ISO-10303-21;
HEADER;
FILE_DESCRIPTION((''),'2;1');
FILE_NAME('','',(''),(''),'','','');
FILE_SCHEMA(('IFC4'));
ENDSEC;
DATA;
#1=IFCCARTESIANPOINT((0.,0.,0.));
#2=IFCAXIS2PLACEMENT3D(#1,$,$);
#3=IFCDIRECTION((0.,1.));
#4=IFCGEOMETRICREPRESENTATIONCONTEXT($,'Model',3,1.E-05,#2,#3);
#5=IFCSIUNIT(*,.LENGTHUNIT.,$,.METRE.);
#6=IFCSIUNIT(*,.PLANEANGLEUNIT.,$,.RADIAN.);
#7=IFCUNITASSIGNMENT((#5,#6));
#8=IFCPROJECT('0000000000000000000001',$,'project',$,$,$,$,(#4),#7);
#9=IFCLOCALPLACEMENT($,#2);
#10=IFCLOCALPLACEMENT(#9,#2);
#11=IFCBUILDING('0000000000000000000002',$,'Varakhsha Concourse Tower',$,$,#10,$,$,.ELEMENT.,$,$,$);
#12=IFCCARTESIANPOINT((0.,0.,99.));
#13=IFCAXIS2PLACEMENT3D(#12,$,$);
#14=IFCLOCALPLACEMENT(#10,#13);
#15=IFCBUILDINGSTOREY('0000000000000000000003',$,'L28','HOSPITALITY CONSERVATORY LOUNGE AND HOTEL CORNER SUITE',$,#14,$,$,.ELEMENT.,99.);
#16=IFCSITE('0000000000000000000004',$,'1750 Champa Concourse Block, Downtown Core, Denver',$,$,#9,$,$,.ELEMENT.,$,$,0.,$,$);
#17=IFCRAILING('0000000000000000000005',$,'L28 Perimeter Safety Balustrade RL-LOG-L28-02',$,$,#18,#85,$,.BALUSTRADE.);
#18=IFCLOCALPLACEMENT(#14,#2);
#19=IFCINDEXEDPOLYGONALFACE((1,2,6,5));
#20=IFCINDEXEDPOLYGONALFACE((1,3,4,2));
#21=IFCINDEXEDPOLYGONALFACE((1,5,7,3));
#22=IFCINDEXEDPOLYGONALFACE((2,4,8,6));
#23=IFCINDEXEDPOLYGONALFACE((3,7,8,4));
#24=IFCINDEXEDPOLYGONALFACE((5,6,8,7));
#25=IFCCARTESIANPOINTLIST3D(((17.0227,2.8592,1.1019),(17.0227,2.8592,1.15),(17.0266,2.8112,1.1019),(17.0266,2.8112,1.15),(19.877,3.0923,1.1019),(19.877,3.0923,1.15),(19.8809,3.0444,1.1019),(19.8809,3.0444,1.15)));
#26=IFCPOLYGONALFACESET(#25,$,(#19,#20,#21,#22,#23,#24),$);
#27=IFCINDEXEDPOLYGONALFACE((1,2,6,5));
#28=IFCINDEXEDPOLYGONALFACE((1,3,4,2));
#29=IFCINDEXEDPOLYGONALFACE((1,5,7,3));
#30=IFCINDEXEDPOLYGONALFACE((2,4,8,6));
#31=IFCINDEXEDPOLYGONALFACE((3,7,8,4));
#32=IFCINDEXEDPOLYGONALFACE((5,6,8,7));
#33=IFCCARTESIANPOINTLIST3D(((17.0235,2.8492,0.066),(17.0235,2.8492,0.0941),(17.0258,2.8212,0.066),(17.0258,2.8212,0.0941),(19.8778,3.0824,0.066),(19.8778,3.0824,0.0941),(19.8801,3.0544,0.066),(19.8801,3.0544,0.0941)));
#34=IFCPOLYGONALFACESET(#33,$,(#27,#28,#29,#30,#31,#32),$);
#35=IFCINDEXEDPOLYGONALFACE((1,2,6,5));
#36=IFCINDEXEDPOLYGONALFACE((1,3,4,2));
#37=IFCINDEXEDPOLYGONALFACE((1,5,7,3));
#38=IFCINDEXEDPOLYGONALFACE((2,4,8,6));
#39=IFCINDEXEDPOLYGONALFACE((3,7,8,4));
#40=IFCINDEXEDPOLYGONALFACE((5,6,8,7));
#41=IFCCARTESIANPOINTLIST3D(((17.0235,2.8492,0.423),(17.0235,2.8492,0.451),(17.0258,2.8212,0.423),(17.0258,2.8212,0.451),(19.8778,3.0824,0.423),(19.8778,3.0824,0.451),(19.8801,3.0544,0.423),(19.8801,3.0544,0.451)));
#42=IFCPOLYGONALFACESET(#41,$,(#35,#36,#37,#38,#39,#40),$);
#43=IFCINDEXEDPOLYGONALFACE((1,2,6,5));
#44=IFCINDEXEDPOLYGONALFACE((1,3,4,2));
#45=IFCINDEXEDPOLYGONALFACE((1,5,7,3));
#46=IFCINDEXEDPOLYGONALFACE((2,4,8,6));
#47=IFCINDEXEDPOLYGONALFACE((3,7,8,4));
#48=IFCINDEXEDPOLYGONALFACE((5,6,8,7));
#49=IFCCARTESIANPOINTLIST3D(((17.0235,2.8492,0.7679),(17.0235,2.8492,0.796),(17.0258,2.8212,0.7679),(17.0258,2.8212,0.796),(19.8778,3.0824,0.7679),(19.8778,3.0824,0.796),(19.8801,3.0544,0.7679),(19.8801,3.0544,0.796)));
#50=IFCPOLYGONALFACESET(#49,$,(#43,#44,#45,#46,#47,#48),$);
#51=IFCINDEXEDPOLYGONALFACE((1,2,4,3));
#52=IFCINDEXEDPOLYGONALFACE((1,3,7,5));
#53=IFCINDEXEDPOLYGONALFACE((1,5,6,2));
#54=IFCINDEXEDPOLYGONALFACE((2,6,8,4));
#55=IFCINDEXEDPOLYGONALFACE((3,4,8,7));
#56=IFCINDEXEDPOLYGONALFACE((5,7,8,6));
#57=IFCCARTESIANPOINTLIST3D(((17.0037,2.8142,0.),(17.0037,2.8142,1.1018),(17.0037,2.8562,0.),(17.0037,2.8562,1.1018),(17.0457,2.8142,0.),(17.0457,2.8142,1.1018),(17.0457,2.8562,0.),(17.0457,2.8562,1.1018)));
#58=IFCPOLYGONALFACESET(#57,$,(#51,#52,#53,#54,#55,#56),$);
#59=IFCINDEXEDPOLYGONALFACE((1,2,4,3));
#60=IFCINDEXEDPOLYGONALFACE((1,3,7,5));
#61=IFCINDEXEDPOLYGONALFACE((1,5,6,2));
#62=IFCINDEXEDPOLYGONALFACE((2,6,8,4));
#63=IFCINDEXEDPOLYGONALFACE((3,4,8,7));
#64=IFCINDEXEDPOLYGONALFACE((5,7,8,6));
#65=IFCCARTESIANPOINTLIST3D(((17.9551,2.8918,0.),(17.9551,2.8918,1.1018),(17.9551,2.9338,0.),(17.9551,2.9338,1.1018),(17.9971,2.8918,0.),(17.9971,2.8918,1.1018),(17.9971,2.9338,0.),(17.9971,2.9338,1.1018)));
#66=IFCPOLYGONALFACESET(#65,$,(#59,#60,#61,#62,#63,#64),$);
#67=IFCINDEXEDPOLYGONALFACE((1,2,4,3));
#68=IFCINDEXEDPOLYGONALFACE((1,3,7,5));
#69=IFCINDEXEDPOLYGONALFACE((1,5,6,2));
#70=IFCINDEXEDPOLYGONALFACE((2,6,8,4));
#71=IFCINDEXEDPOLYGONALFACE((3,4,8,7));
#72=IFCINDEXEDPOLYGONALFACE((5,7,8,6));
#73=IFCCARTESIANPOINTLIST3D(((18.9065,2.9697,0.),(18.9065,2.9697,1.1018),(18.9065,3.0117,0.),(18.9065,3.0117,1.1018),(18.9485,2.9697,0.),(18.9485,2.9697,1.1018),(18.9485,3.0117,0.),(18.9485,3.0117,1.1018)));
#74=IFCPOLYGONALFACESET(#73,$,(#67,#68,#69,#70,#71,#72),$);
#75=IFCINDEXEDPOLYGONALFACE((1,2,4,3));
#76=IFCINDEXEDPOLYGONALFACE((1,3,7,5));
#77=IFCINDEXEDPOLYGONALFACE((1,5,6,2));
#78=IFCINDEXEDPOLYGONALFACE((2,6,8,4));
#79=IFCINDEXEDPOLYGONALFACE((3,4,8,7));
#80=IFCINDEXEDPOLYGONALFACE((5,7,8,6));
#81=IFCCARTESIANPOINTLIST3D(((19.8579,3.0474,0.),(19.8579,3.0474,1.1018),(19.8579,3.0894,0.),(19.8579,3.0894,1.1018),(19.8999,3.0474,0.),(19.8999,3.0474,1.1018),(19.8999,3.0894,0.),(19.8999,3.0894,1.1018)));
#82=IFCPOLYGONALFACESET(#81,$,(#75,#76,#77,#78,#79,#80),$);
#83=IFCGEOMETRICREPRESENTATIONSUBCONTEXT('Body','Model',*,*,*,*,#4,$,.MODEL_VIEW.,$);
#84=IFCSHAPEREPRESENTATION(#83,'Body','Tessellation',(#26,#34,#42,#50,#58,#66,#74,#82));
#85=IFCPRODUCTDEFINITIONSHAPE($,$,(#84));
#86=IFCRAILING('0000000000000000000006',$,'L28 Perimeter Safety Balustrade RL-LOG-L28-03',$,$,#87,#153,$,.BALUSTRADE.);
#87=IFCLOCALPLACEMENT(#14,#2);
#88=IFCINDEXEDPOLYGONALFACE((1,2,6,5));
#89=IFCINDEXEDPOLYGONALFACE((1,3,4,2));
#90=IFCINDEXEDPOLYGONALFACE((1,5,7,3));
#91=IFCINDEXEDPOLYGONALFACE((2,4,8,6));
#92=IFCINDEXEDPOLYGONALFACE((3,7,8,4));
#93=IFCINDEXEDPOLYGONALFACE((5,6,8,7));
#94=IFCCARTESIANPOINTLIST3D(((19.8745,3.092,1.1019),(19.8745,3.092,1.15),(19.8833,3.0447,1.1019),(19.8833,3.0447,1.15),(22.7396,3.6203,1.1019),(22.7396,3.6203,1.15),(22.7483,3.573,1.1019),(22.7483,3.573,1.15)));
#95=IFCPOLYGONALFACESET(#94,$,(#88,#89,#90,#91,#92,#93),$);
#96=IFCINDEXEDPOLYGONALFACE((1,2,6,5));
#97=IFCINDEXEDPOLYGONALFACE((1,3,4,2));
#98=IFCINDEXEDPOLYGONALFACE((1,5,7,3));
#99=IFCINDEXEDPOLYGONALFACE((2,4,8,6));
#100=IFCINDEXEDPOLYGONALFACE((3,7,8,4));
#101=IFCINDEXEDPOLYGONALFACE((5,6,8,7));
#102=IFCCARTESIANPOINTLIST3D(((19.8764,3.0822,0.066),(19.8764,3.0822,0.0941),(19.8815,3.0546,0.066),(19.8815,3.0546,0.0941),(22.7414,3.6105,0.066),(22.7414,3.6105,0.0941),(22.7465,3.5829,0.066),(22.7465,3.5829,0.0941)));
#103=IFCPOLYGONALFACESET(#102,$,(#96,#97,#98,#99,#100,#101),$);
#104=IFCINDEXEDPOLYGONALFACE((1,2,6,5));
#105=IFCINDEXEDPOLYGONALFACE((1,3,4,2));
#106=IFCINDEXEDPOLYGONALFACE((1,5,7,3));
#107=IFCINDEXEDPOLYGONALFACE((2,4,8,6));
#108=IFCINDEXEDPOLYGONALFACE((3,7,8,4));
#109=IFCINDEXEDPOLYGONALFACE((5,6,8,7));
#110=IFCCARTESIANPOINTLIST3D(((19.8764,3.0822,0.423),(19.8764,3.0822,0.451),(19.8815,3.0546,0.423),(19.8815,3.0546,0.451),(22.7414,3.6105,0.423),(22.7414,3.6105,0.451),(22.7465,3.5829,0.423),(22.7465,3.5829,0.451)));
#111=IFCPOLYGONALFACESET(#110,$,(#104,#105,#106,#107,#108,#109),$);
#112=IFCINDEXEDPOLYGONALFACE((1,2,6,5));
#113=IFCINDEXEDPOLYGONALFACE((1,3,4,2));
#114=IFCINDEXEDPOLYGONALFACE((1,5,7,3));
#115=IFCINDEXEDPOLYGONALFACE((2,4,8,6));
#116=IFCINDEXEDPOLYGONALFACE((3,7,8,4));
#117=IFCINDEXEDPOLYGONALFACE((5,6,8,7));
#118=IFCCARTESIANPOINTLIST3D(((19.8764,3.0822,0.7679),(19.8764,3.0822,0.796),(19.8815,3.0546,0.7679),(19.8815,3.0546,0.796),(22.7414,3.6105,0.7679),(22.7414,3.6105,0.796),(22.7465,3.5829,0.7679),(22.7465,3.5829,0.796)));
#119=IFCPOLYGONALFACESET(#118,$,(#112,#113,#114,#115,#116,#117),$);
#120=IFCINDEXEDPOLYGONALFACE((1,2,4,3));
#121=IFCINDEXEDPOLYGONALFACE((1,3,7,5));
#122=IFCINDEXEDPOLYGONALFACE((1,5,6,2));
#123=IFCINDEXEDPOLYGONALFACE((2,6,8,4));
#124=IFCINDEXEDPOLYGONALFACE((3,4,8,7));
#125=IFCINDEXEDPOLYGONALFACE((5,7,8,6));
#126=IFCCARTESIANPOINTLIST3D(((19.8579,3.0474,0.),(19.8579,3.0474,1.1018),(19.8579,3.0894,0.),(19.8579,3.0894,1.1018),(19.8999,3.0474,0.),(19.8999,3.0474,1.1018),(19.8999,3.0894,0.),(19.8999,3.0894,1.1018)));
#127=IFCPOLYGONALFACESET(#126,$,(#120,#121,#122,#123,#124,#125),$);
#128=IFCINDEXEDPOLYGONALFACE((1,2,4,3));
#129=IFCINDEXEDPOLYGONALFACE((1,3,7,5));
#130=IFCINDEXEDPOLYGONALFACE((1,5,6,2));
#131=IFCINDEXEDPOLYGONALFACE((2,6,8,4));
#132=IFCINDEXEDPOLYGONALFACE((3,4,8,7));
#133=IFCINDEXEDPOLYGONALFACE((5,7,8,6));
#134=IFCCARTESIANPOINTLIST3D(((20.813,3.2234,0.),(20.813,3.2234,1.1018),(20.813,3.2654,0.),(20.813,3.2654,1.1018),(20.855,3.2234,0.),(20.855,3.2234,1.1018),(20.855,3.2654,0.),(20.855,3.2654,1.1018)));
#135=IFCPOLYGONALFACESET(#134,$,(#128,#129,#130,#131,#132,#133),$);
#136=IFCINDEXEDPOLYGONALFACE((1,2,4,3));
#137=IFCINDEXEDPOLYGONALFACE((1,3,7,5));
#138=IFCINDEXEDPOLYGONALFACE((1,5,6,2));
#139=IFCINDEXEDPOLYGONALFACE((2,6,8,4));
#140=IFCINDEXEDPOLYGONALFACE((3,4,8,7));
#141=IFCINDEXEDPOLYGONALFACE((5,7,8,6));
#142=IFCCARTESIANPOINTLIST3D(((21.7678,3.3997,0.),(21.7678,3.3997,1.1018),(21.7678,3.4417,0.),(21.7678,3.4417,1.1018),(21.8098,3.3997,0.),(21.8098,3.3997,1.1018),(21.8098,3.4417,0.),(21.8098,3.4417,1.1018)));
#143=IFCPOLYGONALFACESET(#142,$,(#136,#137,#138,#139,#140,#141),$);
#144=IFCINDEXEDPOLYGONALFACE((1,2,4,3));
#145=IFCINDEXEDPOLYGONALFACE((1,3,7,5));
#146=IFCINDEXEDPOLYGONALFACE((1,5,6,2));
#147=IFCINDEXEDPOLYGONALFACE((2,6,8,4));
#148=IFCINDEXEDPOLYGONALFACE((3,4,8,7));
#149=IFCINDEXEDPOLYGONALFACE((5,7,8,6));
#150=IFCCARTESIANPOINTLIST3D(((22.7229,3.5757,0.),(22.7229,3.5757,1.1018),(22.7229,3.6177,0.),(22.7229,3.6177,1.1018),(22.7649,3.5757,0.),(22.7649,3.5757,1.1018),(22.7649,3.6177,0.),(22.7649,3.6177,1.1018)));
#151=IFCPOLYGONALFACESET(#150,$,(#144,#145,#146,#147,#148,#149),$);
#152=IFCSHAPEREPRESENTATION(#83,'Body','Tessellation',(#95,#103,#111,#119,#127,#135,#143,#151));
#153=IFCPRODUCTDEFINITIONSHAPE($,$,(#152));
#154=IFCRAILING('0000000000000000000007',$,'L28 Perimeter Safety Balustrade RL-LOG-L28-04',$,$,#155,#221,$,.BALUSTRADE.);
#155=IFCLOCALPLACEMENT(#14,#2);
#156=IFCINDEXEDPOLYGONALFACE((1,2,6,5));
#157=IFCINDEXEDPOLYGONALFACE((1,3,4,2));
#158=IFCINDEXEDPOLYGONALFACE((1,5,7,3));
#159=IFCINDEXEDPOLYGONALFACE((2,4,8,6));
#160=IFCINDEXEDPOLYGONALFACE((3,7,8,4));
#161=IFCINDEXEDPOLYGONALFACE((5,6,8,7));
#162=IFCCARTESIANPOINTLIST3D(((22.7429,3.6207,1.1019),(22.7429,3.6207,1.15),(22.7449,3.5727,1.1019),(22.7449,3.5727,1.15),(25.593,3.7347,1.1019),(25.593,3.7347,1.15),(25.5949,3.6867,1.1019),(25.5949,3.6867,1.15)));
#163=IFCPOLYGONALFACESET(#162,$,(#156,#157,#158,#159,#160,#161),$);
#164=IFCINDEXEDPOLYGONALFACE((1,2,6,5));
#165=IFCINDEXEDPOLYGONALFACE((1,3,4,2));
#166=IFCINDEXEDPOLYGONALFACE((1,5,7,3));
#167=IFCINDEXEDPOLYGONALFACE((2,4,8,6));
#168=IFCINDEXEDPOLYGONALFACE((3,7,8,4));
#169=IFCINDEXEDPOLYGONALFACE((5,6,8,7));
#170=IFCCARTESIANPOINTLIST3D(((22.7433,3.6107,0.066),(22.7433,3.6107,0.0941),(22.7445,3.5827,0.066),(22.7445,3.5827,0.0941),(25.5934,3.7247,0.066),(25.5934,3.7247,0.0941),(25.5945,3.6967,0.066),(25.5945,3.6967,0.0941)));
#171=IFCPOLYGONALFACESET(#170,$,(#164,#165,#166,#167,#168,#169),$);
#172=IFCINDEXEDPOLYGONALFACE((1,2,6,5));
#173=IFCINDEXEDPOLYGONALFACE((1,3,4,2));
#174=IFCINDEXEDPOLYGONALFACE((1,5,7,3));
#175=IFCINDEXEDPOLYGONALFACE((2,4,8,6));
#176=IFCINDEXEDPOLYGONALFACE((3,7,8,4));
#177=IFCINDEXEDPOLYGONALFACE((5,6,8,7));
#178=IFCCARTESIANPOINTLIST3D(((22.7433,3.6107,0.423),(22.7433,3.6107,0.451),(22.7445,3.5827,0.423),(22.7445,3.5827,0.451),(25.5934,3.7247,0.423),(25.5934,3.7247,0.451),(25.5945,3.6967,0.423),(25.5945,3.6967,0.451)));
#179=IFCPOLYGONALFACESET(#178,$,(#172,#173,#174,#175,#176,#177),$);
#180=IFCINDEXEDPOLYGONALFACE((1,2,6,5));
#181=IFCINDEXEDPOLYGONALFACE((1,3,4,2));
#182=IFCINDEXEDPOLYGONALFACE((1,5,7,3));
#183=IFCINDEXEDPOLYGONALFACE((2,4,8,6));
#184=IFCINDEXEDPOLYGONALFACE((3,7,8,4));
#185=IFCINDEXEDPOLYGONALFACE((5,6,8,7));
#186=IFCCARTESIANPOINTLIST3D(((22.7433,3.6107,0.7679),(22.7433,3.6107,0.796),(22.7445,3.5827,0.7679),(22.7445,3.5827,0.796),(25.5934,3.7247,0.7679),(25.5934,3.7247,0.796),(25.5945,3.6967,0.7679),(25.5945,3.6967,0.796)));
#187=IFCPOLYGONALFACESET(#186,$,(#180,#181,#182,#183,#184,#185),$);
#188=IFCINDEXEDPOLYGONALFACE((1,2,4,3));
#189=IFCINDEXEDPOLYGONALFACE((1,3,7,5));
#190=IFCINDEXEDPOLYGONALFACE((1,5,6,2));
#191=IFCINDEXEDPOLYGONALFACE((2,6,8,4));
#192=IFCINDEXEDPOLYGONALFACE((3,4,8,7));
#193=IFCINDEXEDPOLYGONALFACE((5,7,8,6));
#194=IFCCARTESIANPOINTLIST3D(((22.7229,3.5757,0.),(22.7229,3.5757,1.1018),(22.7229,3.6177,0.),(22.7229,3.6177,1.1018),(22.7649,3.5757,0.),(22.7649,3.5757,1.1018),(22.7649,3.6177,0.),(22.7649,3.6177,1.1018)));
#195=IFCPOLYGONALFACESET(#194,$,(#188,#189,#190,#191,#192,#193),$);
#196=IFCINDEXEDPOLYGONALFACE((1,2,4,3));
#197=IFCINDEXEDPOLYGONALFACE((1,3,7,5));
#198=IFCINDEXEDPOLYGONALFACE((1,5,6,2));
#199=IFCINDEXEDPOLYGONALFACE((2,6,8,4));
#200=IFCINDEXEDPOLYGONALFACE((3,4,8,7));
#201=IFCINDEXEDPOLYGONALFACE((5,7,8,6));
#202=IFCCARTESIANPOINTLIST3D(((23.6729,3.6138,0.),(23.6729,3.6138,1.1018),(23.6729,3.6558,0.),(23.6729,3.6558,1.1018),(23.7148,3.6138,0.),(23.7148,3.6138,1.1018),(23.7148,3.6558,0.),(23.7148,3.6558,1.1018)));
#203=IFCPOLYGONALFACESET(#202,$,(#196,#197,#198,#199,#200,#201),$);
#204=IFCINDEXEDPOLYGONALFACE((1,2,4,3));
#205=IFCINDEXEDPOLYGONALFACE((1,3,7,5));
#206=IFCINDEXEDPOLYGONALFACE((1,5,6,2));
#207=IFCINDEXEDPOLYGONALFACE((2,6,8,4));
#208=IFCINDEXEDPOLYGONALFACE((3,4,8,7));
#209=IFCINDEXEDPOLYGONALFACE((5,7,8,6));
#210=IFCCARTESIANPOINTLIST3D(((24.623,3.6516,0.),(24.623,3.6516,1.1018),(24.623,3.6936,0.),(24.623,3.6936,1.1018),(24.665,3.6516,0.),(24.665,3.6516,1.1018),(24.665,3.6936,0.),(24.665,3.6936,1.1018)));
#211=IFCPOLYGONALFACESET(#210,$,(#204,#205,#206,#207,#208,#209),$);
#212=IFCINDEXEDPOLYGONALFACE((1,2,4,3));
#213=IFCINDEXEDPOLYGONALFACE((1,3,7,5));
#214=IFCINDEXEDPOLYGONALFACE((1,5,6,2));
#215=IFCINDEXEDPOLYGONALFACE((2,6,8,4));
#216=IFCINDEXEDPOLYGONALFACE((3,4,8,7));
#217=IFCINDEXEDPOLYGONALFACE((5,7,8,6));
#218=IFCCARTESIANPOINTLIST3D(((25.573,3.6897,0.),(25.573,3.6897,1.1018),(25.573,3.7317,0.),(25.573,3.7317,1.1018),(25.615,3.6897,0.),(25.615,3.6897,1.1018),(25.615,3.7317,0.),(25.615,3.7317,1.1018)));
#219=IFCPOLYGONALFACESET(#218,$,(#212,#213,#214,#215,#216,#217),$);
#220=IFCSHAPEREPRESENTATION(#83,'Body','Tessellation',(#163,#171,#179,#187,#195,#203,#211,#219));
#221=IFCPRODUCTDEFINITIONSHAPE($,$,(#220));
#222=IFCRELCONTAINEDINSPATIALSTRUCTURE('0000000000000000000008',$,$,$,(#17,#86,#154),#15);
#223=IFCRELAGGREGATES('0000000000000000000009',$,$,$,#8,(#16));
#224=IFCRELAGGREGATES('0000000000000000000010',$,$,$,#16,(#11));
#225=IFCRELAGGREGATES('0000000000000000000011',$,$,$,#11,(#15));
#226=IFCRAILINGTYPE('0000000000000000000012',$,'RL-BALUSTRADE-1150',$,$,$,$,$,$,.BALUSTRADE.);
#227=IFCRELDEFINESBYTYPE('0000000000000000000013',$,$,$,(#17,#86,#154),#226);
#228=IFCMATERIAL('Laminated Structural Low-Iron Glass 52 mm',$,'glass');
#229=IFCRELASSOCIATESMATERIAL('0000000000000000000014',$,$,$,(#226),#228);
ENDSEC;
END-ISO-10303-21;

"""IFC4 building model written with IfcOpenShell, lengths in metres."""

from ifc_helpers import new_model, si_unit, direction, frame, origin, origin_2d, place, context, subcontext, project, spatial, rectangle, extrude, material, type_object, element, save


model = new_model("IFC4")

# Units and contexts
model_context = context("Model", 3, precision=1e-05, world=origin(), true_north=direction((0.0, 1.0)))
body_context = subcontext(model_context, "Body", "Model", "MODEL_VIEW")
ifc_project = project(units=[si_unit("LENGTHUNIT", "METRE"), si_unit("PLANEANGLEUNIT", "RADIAN")], contexts=[model_context])

# Site, building, storey
site_placement = place(None, origin())
site = spatial("IfcSite", under=ifc_project, at=site_placement, Name="1750 Champa Concourse Block, Downtown Core, Denver", CompositionType="ELEMENT", RefElevation=0.0)
building_placement = place(site_placement, origin())
building = spatial("IfcBuilding", under=site, at=building_placement, Name="Varakhsha Concourse Tower", CompositionType="ELEMENT")
storey_placement = place(building_placement, frame((0.0, 0.0, 99.0)))
storey = spatial("IfcBuildingStorey", under=building, at=storey_placement, Name="L28", Description="HOSPITALITY CONSERVATORY LOUNGE AND HOTEL CORNER SUITE", CompositionType="ELEMENT", Elevation=99.0)

# Railings
ifc_material_1 = material(Name="Laminated Structural Low-Iron Glass 52 mm", Category="glass")
railing_type = type_object("IfcRailingType", Name="RL-BALUSTRADE-1150", PredefinedType="BALUSTRADE", material=ifc_material_1)
railing_1_placement = place(storey_placement, frame((17.0247, 2.8352, 0.0)))
element("IfcRailing", 1, at=railing_1_placement, inside=storey, type_object=railing_type, Name="L28 Perimeter Safety Balustrade RL-LOG-L28-02", PredefinedType="BALUSTRADE", context=body_context, shape_type="SweptSolid", body=[
    extrude(rectangle(XDim=0.0481, YDim=0.0481, at=origin_2d()), frame((0.0, 0.0, 1.126), z_axis=(0.99668, 0.081416, 0.0), x_axis=(-0.081416, 0.99668, 0.0)), (0.0, 0.0, 1.0), 2.8638),
    extrude(rectangle(XDim=0.0281, YDim=0.0281, at=origin_2d()), frame((0.0, 0.0, 0.0801), z_axis=(0.99668, 0.081416, 0.0), x_axis=(-0.081416, 0.99668, 0.0)), (0.0, 0.0, 1.0), 2.8638),
    extrude(rectangle(XDim=0.0281, YDim=0.0281, at=origin_2d()), frame((0.0, 0.0, 0.437), z_axis=(0.99668, 0.081416, 0.0), x_axis=(-0.081416, 0.99668, 0.0)), (0.0, 0.0, 1.0), 2.8638),
    extrude(rectangle(XDim=0.0281, YDim=0.0281, at=origin_2d()), frame((0.0, 0.0, 0.782), z_axis=(0.99668, 0.081416, 0.0), x_axis=(-0.081416, 0.99668, 0.0)), (0.0, 0.0, 1.0), 2.8638),
    extrude(rectangle(XDim=0.042, YDim=0.042, at=origin_2d()), origin(), (0.0, 0.0, 1.0), 1.1018),
    extrude(rectangle(XDim=0.042, YDim=0.042, at=origin_2d()), frame((0.9514, 0.0776, 0.0)), (0.0, 0.0, 1.0), 1.1018),
    extrude(rectangle(XDim=0.042, YDim=0.042, at=origin_2d()), frame((1.9028, 0.1555, 0.0)), (0.0, 0.0, 1.0), 1.1018),
    extrude(rectangle(XDim=0.042, YDim=0.042, at=origin_2d()), frame((2.8542, 0.2332, 0.0)), (0.0, 0.0, 1.0), 1.1018),
])
railing_2_placement = place(storey_placement, frame((19.8789, 3.0684, 0.0)))
element("IfcRailing", 2, at=railing_2_placement, inside=storey, type_object=railing_type, Name="L28 Perimeter Safety Balustrade RL-LOG-L28-03", PredefinedType="BALUSTRADE", context=body_context, shape_type="SweptSolid", body=[
    extrude(rectangle(XDim=0.0481, YDim=0.0481, at=origin_2d()), frame((0.0, 0.0, 1.126), z_axis=(0.983419, 0.181348, 0.0), x_axis=(-0.181348, 0.983419, 0.0)), (0.0, 0.0, 1.0), 2.9133),
    extrude(rectangle(XDim=0.0281, YDim=0.0281, at=origin_2d()), frame((0.0, 0.0, 0.0801), z_axis=(0.983419, 0.181348, 0.0), x_axis=(-0.181348, 0.983419, 0.0)), (0.0, 0.0, 1.0), 2.9133),
    extrude(rectangle(XDim=0.0281, YDim=0.0281, at=origin_2d()), frame((0.0, 0.0, 0.437), z_axis=(0.983419, 0.181348, 0.0), x_axis=(-0.181348, 0.983419, 0.0)), (0.0, 0.0, 1.0), 2.9133),
    extrude(rectangle(XDim=0.0281, YDim=0.0281, at=origin_2d()), frame((0.0, 0.0, 0.782), z_axis=(0.983419, 0.181348, 0.0), x_axis=(-0.181348, 0.983419, 0.0)), (0.0, 0.0, 1.0), 2.9133),
    extrude(rectangle(XDim=0.042, YDim=0.042, at=origin_2d()), origin(), (0.0, 0.0, 1.0), 1.1018),
    extrude(rectangle(XDim=0.042, YDim=0.042, at=origin_2d()), frame((0.9551, 0.176, 0.0)), (0.0, 0.0, 1.0), 1.1018),
    extrude(rectangle(XDim=0.042, YDim=0.042, at=origin_2d()), frame((1.9099, 0.3523, 0.0)), (0.0, 0.0, 1.0), 1.1018),
    extrude(rectangle(XDim=0.042, YDim=0.042, at=origin_2d()), frame((2.865, 0.5283, 0.0)), (0.0, 0.0, 1.0), 1.1018),
])
railing_3_placement = place(storey_placement, frame((22.7439, 3.5967, 0.0)))
element("IfcRailing", 3, at=railing_3_placement, inside=storey, type_object=railing_type, Name="L28 Perimeter Safety Balustrade RL-LOG-L28-04", PredefinedType="BALUSTRADE", context=body_context, shape_type="SweptSolid", body=[
    extrude(rectangle(XDim=0.0481, YDim=0.0481, at=origin_2d()), frame((0.0, 0.0, 1.126), z_axis=(0.999201, 0.039971, 0.0), x_axis=(-0.039971, 0.999201, 0.0)), (0.0, 0.0, 1.0), 2.8523),
    extrude(rectangle(XDim=0.0281, YDim=0.0281, at=origin_2d()), frame((0.0, 0.0, 0.0801), z_axis=(0.999201, 0.039971, 0.0), x_axis=(-0.039971, 0.999201, 0.0)), (0.0, 0.0, 1.0), 2.8523),
    extrude(rectangle(XDim=0.0281, YDim=0.0281, at=origin_2d()), frame((0.0, 0.0, 0.437), z_axis=(0.999201, 0.039971, 0.0), x_axis=(-0.039971, 0.999201, 0.0)), (0.0, 0.0, 1.0), 2.8523),
    extrude(rectangle(XDim=0.0281, YDim=0.0281, at=origin_2d()), frame((0.0, 0.0, 0.782), z_axis=(0.999201, 0.039971, 0.0), x_axis=(-0.039971, 0.999201, 0.0)), (0.0, 0.0, 1.0), 2.8523),
    extrude(rectangle(XDim=0.042, YDim=0.042, at=origin_2d()), origin(), (0.0, 0.0, 1.0), 1.1018),
    extrude(rectangle(XDim=0.042, YDim=0.042, at=origin_2d()), frame((0.95, 0.0381, 0.0)), (0.0, 0.0, 1.0), 1.1018),
    extrude(rectangle(XDim=0.042, YDim=0.042, at=origin_2d()), frame((1.9001, 0.0759, 0.0)), (0.0, 0.0, 1.0), 1.1018),
    extrude(rectangle(XDim=0.042, YDim=0.042, at=origin_2d()), frame((2.8501, 0.114, 0.0)), (0.0, 0.0, 1.0), 1.1018),
])

save(model, "model.ifc")
